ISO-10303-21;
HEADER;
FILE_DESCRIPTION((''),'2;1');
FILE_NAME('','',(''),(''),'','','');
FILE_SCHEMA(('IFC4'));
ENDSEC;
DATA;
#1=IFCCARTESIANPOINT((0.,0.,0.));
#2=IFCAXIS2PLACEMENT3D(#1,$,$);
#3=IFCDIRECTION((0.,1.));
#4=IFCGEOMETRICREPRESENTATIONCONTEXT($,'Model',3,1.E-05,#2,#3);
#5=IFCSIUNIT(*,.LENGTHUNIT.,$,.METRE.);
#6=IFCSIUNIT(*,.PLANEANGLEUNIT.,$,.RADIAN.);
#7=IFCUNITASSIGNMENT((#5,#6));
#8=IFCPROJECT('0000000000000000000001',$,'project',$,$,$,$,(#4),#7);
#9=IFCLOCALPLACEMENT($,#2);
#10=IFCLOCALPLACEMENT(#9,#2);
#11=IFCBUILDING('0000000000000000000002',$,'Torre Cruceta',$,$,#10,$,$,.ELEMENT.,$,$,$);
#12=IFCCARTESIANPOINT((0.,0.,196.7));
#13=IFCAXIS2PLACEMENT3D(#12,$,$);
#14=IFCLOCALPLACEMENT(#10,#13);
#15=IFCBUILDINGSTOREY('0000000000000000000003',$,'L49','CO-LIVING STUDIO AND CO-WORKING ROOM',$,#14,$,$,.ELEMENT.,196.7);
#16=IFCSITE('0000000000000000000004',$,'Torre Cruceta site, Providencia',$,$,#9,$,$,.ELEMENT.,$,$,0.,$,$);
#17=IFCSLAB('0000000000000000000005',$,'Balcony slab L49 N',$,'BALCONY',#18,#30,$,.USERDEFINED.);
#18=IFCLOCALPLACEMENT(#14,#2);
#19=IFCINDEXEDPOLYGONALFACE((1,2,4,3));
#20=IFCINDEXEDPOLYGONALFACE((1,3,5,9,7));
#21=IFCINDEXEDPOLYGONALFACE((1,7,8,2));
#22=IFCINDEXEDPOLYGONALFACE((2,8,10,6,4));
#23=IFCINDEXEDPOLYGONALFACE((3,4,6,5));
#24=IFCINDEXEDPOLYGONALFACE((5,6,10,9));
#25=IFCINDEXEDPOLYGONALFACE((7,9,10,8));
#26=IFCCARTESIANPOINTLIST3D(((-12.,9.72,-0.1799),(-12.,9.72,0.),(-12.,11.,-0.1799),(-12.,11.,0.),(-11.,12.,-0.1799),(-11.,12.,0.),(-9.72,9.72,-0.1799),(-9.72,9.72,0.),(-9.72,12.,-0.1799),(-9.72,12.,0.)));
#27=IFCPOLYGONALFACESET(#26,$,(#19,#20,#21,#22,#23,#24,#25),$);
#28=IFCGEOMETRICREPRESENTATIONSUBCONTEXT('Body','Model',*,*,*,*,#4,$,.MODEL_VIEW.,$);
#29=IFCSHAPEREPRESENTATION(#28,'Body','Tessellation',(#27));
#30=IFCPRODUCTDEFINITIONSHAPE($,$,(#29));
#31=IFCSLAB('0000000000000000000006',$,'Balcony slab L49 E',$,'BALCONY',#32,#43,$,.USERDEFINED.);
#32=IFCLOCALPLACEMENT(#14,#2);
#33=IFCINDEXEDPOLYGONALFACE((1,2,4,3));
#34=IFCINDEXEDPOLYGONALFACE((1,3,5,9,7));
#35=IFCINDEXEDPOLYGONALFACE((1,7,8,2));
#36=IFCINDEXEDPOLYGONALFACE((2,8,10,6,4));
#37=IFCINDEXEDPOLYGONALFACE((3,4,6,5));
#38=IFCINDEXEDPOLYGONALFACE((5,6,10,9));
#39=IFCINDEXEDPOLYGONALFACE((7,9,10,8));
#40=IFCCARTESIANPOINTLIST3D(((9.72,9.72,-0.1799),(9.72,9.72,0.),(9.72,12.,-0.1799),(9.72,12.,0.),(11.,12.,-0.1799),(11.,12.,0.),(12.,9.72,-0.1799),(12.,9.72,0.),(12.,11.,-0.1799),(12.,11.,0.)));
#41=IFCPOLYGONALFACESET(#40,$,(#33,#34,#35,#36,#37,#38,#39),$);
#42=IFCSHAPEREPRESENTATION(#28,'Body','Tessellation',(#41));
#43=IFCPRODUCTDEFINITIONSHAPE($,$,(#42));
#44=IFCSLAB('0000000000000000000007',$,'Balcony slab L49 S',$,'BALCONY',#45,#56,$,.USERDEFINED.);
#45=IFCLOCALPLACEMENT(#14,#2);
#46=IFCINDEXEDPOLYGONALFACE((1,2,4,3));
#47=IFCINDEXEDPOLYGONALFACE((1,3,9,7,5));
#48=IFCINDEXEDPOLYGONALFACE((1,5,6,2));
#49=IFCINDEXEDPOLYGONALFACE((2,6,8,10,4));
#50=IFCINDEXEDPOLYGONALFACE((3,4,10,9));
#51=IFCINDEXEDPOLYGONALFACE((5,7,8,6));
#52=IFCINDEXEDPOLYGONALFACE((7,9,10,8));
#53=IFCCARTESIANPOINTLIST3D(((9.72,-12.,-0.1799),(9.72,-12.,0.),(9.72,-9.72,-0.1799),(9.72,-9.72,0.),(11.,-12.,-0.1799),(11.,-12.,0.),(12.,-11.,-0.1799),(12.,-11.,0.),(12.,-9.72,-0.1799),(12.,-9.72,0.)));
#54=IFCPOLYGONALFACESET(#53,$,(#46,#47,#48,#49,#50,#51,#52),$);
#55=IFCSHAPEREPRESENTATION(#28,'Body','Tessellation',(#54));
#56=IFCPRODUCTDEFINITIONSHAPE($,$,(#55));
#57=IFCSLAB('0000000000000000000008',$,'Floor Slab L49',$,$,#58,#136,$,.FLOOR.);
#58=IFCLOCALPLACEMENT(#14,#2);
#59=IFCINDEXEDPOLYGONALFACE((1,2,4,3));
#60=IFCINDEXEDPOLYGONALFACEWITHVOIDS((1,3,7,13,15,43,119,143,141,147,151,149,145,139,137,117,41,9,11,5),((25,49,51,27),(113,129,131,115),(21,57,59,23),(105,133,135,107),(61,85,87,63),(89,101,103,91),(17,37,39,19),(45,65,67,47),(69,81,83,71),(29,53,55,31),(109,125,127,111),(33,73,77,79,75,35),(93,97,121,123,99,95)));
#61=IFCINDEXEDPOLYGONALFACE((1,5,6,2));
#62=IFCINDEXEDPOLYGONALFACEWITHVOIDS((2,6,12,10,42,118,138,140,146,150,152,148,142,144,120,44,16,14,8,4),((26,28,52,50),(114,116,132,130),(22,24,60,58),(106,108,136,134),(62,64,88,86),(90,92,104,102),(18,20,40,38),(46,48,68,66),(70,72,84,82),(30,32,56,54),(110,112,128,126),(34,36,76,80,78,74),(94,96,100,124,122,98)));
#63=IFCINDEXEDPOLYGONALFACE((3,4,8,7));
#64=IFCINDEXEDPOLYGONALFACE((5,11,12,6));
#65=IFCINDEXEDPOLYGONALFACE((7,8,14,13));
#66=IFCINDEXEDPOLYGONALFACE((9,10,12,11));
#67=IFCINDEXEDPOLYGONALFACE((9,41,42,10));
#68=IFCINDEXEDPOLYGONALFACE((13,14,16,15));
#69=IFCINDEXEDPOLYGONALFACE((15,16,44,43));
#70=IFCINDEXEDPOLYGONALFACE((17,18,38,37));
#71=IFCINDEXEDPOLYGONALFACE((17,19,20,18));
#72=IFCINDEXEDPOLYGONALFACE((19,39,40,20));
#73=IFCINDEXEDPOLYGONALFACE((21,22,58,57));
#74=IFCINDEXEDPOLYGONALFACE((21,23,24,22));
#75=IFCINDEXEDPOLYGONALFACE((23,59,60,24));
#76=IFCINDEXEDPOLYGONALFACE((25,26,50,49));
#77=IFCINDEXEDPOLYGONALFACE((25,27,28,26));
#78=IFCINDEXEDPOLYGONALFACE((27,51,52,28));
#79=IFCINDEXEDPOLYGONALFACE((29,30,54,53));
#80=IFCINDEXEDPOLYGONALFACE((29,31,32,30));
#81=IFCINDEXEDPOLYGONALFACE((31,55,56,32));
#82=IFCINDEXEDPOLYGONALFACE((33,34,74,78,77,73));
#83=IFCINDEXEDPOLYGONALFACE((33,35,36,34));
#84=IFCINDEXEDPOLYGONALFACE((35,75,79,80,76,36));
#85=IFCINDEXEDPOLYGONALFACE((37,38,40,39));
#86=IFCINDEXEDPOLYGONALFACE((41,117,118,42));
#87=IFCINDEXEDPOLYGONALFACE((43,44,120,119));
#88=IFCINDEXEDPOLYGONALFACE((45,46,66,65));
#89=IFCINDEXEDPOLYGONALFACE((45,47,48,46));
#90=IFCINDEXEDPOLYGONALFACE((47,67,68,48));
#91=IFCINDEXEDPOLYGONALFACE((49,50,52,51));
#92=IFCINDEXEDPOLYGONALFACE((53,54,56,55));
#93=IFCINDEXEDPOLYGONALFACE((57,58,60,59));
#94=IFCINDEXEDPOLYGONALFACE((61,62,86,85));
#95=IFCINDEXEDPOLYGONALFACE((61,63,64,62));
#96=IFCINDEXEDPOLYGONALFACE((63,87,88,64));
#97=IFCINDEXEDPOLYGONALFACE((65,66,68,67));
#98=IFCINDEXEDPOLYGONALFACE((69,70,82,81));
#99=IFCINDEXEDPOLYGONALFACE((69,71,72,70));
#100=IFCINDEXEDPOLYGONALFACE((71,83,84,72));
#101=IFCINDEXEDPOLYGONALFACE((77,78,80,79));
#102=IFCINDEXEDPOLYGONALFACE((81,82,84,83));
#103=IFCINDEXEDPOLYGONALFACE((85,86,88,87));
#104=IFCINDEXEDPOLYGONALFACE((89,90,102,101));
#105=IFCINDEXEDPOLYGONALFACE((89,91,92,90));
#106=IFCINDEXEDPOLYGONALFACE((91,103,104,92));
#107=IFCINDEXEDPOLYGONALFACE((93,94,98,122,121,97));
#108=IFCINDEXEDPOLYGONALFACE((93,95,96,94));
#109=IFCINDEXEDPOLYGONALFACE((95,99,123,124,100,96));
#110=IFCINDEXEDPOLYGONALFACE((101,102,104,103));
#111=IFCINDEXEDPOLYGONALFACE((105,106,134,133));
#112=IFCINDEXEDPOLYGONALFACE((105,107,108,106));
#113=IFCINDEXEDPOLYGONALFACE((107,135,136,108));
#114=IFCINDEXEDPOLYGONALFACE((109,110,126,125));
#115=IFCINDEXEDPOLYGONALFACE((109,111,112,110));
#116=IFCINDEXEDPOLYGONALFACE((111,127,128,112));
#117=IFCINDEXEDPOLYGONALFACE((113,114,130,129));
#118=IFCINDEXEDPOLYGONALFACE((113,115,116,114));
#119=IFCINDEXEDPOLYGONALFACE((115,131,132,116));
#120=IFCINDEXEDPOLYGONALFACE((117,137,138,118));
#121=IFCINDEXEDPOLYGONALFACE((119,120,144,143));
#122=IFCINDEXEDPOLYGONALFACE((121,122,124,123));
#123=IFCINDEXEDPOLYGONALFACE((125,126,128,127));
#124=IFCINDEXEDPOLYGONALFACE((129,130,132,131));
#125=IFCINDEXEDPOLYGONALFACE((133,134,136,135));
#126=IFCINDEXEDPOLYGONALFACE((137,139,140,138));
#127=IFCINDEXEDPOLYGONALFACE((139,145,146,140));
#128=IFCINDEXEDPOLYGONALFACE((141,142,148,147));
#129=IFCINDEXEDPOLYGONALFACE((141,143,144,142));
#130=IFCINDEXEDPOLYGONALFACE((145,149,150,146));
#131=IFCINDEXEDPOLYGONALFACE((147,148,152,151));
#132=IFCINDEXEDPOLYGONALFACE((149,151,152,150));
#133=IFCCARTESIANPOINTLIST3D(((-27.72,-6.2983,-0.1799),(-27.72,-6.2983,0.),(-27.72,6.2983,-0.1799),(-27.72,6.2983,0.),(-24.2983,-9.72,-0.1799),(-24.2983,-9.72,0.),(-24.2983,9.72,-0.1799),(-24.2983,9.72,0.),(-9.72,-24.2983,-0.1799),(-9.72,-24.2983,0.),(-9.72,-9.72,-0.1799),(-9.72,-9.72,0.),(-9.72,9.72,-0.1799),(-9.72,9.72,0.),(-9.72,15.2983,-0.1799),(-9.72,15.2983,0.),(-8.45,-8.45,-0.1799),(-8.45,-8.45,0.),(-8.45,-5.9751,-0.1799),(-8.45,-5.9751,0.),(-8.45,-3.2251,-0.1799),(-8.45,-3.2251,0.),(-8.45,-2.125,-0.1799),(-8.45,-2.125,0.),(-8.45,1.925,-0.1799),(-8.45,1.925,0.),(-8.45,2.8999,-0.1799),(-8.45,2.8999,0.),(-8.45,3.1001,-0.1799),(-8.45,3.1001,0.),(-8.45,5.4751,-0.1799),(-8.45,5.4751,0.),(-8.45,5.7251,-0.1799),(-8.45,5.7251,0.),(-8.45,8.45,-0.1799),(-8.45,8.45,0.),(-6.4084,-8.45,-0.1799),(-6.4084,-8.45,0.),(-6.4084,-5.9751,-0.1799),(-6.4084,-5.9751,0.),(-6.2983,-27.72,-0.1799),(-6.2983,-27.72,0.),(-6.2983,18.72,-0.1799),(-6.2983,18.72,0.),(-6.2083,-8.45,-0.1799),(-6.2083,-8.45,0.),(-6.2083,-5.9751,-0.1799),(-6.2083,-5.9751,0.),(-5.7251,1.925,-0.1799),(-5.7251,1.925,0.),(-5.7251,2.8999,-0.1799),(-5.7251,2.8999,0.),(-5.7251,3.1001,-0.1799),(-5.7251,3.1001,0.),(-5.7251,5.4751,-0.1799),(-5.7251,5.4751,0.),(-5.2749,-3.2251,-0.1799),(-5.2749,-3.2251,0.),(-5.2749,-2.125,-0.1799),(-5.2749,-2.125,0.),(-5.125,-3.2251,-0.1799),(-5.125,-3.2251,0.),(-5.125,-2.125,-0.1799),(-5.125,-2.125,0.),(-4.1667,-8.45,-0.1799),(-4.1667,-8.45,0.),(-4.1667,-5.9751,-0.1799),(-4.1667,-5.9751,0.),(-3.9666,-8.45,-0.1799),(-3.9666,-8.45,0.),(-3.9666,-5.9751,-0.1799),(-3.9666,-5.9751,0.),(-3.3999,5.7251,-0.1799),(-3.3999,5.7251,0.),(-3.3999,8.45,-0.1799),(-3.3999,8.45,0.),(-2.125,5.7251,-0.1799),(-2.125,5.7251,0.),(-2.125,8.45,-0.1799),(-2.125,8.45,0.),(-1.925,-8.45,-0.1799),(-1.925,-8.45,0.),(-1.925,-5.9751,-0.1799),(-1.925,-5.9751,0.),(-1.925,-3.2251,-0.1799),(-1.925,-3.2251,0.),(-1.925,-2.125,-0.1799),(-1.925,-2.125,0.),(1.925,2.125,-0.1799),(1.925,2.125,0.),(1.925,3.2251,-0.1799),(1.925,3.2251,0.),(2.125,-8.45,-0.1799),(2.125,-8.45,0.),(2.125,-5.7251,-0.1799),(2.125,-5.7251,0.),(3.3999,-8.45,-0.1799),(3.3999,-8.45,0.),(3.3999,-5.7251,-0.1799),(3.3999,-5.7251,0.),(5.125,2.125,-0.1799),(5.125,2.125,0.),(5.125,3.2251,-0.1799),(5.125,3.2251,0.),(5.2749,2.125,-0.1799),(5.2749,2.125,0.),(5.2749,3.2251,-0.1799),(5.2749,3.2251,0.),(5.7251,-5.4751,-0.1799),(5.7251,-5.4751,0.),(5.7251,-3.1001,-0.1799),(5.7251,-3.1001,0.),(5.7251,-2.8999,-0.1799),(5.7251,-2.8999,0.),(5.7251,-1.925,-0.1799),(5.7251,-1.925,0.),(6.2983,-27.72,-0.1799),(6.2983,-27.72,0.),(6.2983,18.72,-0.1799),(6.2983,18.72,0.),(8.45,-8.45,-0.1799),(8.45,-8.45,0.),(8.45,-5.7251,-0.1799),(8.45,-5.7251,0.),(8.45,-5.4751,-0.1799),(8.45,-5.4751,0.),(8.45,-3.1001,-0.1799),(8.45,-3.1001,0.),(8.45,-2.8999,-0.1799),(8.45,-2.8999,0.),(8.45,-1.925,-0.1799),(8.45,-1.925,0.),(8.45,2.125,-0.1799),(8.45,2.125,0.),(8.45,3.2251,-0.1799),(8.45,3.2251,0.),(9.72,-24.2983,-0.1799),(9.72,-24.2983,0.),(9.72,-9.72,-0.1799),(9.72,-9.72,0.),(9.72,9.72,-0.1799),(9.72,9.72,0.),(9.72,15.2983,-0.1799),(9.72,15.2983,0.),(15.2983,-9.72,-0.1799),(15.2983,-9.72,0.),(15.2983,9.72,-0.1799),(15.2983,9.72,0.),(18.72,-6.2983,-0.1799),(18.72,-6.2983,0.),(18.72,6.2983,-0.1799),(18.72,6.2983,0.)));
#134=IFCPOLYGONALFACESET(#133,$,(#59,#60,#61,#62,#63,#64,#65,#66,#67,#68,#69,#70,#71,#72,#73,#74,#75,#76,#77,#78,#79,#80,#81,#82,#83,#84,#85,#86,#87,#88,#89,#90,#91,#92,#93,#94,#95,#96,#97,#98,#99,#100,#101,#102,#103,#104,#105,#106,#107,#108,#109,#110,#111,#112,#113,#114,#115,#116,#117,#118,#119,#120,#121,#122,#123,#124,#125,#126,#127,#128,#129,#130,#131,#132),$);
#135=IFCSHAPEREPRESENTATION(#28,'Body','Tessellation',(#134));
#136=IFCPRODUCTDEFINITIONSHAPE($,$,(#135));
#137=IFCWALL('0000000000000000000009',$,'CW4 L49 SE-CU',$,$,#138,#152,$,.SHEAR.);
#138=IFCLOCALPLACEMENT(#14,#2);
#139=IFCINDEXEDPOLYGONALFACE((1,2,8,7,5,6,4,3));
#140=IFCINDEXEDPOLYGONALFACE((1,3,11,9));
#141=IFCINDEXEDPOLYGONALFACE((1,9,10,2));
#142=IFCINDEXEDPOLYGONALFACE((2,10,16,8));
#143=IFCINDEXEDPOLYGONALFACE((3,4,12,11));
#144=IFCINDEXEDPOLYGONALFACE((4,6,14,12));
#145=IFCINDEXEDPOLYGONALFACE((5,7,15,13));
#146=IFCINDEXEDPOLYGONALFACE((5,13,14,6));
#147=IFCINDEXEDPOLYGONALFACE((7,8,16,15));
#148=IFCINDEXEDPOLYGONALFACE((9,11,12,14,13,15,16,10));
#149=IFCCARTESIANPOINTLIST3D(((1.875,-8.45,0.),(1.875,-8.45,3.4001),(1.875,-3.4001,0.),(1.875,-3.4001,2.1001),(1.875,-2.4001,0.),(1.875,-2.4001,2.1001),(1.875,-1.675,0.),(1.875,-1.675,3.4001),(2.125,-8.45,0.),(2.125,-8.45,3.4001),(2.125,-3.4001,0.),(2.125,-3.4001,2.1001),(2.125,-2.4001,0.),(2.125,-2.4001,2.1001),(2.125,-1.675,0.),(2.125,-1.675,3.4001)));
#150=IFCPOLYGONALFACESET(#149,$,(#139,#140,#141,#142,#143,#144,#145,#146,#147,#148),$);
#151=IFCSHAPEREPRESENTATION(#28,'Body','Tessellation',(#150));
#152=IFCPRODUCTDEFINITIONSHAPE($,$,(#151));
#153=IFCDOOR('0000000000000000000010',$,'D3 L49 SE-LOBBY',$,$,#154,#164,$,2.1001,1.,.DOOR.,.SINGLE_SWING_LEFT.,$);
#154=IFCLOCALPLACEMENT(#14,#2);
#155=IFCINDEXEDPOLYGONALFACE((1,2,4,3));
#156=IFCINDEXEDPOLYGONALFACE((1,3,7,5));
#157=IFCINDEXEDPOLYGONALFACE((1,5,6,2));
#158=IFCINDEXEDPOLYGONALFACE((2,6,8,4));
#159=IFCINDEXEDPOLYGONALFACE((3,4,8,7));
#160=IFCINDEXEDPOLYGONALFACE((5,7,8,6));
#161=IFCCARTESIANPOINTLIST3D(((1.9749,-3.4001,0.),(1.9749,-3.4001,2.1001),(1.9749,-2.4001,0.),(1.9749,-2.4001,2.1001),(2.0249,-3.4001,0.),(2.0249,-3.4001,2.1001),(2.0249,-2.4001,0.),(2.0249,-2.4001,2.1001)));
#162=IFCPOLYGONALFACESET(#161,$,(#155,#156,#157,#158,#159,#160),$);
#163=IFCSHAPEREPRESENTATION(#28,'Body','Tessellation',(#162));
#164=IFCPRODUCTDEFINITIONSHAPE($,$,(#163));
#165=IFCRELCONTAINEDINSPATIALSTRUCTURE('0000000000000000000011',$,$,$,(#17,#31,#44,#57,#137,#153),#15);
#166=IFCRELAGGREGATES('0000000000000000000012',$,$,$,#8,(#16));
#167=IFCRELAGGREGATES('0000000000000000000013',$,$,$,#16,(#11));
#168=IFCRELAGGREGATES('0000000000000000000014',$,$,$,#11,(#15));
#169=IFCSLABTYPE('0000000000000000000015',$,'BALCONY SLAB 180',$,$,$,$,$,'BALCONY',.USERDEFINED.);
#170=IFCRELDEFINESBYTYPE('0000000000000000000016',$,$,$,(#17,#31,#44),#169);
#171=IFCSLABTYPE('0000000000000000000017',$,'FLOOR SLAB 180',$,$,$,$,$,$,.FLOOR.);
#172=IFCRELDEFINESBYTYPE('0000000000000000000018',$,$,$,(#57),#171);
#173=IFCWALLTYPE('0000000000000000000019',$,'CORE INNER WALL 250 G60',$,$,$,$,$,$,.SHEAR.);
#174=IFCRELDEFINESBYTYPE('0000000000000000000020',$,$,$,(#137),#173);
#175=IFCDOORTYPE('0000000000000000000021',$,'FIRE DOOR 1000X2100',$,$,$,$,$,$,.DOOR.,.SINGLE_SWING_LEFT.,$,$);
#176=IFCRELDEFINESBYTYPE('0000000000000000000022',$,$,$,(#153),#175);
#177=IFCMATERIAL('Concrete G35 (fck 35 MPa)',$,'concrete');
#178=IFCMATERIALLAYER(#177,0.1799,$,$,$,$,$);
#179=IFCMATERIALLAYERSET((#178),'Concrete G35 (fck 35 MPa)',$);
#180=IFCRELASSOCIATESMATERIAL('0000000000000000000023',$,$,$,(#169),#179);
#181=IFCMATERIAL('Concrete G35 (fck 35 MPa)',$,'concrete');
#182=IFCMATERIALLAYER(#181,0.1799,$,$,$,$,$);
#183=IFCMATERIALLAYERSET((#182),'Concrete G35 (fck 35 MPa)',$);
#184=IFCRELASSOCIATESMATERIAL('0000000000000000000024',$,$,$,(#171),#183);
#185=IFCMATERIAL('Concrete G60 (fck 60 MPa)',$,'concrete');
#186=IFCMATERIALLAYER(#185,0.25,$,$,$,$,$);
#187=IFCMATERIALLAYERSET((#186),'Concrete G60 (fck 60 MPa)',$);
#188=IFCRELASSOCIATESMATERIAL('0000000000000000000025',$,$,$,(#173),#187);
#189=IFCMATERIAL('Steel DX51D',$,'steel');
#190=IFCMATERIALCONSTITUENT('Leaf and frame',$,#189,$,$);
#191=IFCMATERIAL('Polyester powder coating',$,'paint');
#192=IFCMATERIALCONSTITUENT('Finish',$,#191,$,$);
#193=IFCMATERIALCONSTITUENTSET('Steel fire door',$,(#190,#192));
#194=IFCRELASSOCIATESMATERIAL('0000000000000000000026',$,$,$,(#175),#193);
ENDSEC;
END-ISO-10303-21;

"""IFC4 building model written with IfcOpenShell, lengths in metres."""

from ifc_helpers import new_model, si_unit, direction, frame, frame_2d, origin, place, context, subcontext, project, spatial, polyline, rectangle, outline, extrude, material, layer, layer_set, constituent, constituent_set, type_object, element, fill, save


model = new_model("IFC4")

# Units and contexts
model_context = context("Model", 3, precision=1e-05, world=origin(), true_north=direction((0.0, 1.0)))
body_context = subcontext(model_context, "Body", "Model", "MODEL_VIEW")
ifc_project = project(units=[si_unit("LENGTHUNIT", "METRE"), si_unit("PLANEANGLEUNIT", "RADIAN")], contexts=[model_context])

# Site, building, storey
site_placement = place(None, origin())
site = spatial("IfcSite", under=ifc_project, at=site_placement, Name="Torre Cruceta site, Providencia", CompositionType="ELEMENT", RefElevation=0.0)
building_placement = place(site_placement, origin())
building = spatial("IfcBuilding", under=site, at=building_placement, Name="Torre Cruceta", CompositionType="ELEMENT")
storey_placement = place(building_placement, frame((0.0, 0.0, 196.7)))
storey = spatial("IfcBuildingStorey", under=building, at=storey_placement, Name="L49", Description="CO-LIVING STUDIO AND CO-WORKING ROOM", CompositionType="ELEMENT", Elevation=196.7)

# Slabs
ifc_material_1 = material(Name="Concrete G35 (fck 35 MPa)", Category="concrete")
ifc_layer_1 = layer(ifc_material_1, 0.1799)
ifc_layer_set_1 = layer_set([ifc_layer_1], Name="Concrete G35 (fck 35 MPa)")
slab_type_1 = type_object("IfcSlabType", Name="BALCONY SLAB 180", ElementType="BALCONY", PredefinedType="USERDEFINED", material=ifc_layer_set_1)
slab_1_placement = place(storey_placement, frame((0.0, 0.0, -0.1799)))
element("IfcSlab", 1, at=slab_1_placement, inside=storey, type_object=slab_type_1, Name="Balcony slab L49 N", ObjectType="BALCONY", PredefinedType="USERDEFINED", context=body_context, shape_type="SweptSolid", body=[
    extrude(outline(polyline([(-12.0, 11.0), (-11.0, 12.0), (-9.72, 12.0), (-9.72, 9.72), (-12.0, 9.72), (-12.0, 11.0)])), origin(), (0.0, 0.0, 1.0), 0.1799),
])
slab_2_placement = place(storey_placement, frame((0.0, 0.0, -0.1799)))
element("IfcSlab", 2, at=slab_2_placement, inside=storey, type_object=slab_type_1, Name="Balcony slab L49 E", ObjectType="BALCONY", PredefinedType="USERDEFINED", context=body_context, shape_type="SweptSolid", body=[
    extrude(outline(polyline([(11.0, 12.0), (12.0, 11.0), (12.0, 9.72), (9.72, 9.72), (9.72, 12.0), (11.0, 12.0)])), origin(), (0.0, 0.0, 1.0), 0.1799),
])
slab_3_placement = place(storey_placement, frame((0.0, 0.0, -0.1799)))
element("IfcSlab", 3, at=slab_3_placement, inside=storey, type_object=slab_type_1, Name="Balcony slab L49 S", ObjectType="BALCONY", PredefinedType="USERDEFINED", context=body_context, shape_type="SweptSolid", body=[
    extrude(outline(polyline([(12.0, -11.0), (11.0, -12.0), (9.72, -12.0), (9.72, -9.72), (12.0, -9.72), (12.0, -11.0)])), origin(), (0.0, 0.0, 1.0), 0.1799),
])
ifc_material_2 = material(Name="Concrete G35 (fck 35 MPa)", Category="concrete")
ifc_layer_2 = layer(ifc_material_2, 0.1799)
ifc_layer_set_2 = layer_set([ifc_layer_2], Name="Concrete G35 (fck 35 MPa)")
slab_type_2 = type_object("IfcSlabType", Name="FLOOR SLAB 180", PredefinedType="FLOOR", material=ifc_layer_set_2)
slab_4_placement = place(storey_placement, frame((0.0, 0.0, -0.1799)))
element("IfcSlab", 4, at=slab_4_placement, inside=storey, type_object=slab_type_2, Name="Floor Slab L49", PredefinedType="FLOOR", context=body_context, shape_type="SweptSolid", body=[
    extrude(outline(polyline([(9.72, -9.72), (9.72, -24.2983), (6.2983, -27.72), (-6.2983, -27.72), (-9.72, -24.2983), (-9.72, -9.72), (-24.2983, -9.72), (-27.72, -6.2983), (-27.72, 6.2983), (-24.2983, 9.72), (-9.72, 9.72), (-9.72, 15.2983), (-6.2983, 18.72), (6.2983, 18.72), (9.72, 15.2983), (9.72, 9.72), (15.2983, 9.72), (18.72, 6.2983), (18.72, -6.2983), (15.2983, -9.72), (9.72, -9.72)]), holes=[polyline([(1.925, 2.125), (5.125, 2.125), (5.125, 3.2251), (1.925, 3.2251), (1.925, 2.125)]), polyline([(5.2749, 2.125), (8.45, 2.125), (8.45, 3.2251), (5.2749, 3.2251), (5.2749, 2.125)]), polyline([(-8.45, 3.1001), (-5.7251, 3.1001), (-5.7251, 5.4751), (-8.45, 5.4751), (-8.45, 3.1001)]), polyline([(-8.45, 1.925), (-5.7251, 1.925), (-5.7251, 2.8999), (-8.45, 2.8999), (-8.45, 1.925)]), polyline([(-3.9666, -8.45), (-1.925, -8.45), (-1.925, -5.9751), (-3.9666, -5.9751), (-3.9666, -8.45)]), polyline([(-6.2083, -8.45), (-4.1667, -8.45), (-4.1667, -5.9751), (-6.2083, -5.9751), (-6.2083, -8.45)]), polyline([(-8.45, -8.45), (-6.4084, -8.45), (-6.4084, -5.9751), (-8.45, -5.9751), (-8.45, -8.45)]), polyline([(-5.125, -3.2251), (-1.925, -3.2251), (-1.925, -2.125), (-5.125, -2.125), (-5.125, -3.2251)]), polyline([(-8.45, -3.2251), (-5.2749, -3.2251), (-5.2749, -2.125), (-8.45, -2.125), (-8.45, -3.2251)]), polyline([(5.7251, -5.4751), (8.45, -5.4751), (8.45, -3.1001), (5.7251, -3.1001), (5.7251, -5.4751)]), polyline([(5.7251, -2.8999), (8.45, -2.8999), (8.45, -1.925), (5.7251, -1.925), (5.7251, -2.8999)]), polyline([(-8.45, 5.7251), (-8.45, 8.45), (-3.3999, 8.45), (-2.125, 8.45), (-2.125, 5.7251), (-3.3999, 5.7251), (-8.45, 5.7251)]), polyline([(2.125, -5.7251), (3.3999, -5.7251), (8.45, -5.7251), (8.45, -8.45), (3.3999, -8.45), (2.125, -8.45), (2.125, -5.7251)])]), origin(), (0.0, 0.0, 1.0), 0.1799),
])

# Wall, opening, door
ifc_material_3 = material(Name="Concrete G60 (fck 60 MPa)", Category="concrete")
ifc_layer_3 = layer(ifc_material_3, 0.25)
ifc_layer_set_3 = layer_set([ifc_layer_3], Name="Concrete G60 (fck 60 MPa)")
wall_type_1 = type_object("IfcWallType", Name="CORE INNER WALL 250 G60", PredefinedType="SHEAR", material=ifc_layer_set_3)
wall_1_placement = place(storey_placement, frame((2.0, -1.675, 0.0), z_axis=(0.0, 0.0, 1.0), x_axis=(0.0, -1.0, 0.0)))
wall_1 = element("IfcWall", 5, at=wall_1_placement, inside=storey, type_object=wall_type_1, Name="CW4 L49 SE-CU", PredefinedType="SHEAR", context=body_context, shape_type="SweptSolid", body=[
    extrude(rectangle(XDim=6.7749, YDim=0.25, at=frame_2d((3.3875, 0.0))), origin(), (0.0, 0.0, 1.0), 3.4001),
])
opening_1_placement = place(wall_1_placement, frame((0.7251, 0.0, 0.0)))
opening_1 = element("IfcOpeningElement", 6, at=opening_1_placement, cuts=wall_1, PredefinedType="OPENING", context=body_context, shape_type="SweptSolid", body=[
    extrude(rectangle(XDim=1.0, YDim=2.1001, at=frame_2d((0.5, 1.05))), frame((0.0, 0.135, 0.0), z_axis=(0.0, -1.0, 0.0), x_axis=(1.0, 0.0, 0.0)), (0.0, 0.0, 1.0), 0.27),
])
ifc_material_4 = material(Name="Steel DX51D", Category="steel")
ifc_constituent_1 = constituent(ifc_material_4, Name="Leaf and frame")
ifc_material_5 = material(Name="Polyester powder coating", Category="paint")
ifc_constituent_2 = constituent(ifc_material_5, Name="Finish")
ifc_constituent_set_1 = constituent_set(constituents=[ifc_constituent_1, ifc_constituent_2], Name="Steel fire door")
door_type_1 = type_object("IfcDoorType", Name="FIRE DOOR 1000X2100", OperationType="SINGLE_SWING_LEFT", PredefinedType="DOOR", material=ifc_constituent_set_1)
door_1_placement = place(opening_1_placement, origin())
door_1 = element("IfcDoor", 7, at=door_1_placement, inside=storey, type_object=door_type_1, Name="D3 L49 SE-LOBBY", OperationType="SINGLE_SWING_LEFT", OverallHeight=2.1001, OverallWidth=1.0, PredefinedType="DOOR", context=body_context, shape_type="SweptSolid", body=[
    extrude(rectangle(XDim=1.0, YDim=2.1001, at=frame_2d((0.5, 1.05))), frame((0.0, 0.0249, 0.0), z_axis=(0.0, -1.0, 0.0), x_axis=(1.0, 0.0, 0.0)), (0.0, 0.0, 1.0), 0.05),
])
fill(opening_1, door_1)

save(model, "model.ifc")
